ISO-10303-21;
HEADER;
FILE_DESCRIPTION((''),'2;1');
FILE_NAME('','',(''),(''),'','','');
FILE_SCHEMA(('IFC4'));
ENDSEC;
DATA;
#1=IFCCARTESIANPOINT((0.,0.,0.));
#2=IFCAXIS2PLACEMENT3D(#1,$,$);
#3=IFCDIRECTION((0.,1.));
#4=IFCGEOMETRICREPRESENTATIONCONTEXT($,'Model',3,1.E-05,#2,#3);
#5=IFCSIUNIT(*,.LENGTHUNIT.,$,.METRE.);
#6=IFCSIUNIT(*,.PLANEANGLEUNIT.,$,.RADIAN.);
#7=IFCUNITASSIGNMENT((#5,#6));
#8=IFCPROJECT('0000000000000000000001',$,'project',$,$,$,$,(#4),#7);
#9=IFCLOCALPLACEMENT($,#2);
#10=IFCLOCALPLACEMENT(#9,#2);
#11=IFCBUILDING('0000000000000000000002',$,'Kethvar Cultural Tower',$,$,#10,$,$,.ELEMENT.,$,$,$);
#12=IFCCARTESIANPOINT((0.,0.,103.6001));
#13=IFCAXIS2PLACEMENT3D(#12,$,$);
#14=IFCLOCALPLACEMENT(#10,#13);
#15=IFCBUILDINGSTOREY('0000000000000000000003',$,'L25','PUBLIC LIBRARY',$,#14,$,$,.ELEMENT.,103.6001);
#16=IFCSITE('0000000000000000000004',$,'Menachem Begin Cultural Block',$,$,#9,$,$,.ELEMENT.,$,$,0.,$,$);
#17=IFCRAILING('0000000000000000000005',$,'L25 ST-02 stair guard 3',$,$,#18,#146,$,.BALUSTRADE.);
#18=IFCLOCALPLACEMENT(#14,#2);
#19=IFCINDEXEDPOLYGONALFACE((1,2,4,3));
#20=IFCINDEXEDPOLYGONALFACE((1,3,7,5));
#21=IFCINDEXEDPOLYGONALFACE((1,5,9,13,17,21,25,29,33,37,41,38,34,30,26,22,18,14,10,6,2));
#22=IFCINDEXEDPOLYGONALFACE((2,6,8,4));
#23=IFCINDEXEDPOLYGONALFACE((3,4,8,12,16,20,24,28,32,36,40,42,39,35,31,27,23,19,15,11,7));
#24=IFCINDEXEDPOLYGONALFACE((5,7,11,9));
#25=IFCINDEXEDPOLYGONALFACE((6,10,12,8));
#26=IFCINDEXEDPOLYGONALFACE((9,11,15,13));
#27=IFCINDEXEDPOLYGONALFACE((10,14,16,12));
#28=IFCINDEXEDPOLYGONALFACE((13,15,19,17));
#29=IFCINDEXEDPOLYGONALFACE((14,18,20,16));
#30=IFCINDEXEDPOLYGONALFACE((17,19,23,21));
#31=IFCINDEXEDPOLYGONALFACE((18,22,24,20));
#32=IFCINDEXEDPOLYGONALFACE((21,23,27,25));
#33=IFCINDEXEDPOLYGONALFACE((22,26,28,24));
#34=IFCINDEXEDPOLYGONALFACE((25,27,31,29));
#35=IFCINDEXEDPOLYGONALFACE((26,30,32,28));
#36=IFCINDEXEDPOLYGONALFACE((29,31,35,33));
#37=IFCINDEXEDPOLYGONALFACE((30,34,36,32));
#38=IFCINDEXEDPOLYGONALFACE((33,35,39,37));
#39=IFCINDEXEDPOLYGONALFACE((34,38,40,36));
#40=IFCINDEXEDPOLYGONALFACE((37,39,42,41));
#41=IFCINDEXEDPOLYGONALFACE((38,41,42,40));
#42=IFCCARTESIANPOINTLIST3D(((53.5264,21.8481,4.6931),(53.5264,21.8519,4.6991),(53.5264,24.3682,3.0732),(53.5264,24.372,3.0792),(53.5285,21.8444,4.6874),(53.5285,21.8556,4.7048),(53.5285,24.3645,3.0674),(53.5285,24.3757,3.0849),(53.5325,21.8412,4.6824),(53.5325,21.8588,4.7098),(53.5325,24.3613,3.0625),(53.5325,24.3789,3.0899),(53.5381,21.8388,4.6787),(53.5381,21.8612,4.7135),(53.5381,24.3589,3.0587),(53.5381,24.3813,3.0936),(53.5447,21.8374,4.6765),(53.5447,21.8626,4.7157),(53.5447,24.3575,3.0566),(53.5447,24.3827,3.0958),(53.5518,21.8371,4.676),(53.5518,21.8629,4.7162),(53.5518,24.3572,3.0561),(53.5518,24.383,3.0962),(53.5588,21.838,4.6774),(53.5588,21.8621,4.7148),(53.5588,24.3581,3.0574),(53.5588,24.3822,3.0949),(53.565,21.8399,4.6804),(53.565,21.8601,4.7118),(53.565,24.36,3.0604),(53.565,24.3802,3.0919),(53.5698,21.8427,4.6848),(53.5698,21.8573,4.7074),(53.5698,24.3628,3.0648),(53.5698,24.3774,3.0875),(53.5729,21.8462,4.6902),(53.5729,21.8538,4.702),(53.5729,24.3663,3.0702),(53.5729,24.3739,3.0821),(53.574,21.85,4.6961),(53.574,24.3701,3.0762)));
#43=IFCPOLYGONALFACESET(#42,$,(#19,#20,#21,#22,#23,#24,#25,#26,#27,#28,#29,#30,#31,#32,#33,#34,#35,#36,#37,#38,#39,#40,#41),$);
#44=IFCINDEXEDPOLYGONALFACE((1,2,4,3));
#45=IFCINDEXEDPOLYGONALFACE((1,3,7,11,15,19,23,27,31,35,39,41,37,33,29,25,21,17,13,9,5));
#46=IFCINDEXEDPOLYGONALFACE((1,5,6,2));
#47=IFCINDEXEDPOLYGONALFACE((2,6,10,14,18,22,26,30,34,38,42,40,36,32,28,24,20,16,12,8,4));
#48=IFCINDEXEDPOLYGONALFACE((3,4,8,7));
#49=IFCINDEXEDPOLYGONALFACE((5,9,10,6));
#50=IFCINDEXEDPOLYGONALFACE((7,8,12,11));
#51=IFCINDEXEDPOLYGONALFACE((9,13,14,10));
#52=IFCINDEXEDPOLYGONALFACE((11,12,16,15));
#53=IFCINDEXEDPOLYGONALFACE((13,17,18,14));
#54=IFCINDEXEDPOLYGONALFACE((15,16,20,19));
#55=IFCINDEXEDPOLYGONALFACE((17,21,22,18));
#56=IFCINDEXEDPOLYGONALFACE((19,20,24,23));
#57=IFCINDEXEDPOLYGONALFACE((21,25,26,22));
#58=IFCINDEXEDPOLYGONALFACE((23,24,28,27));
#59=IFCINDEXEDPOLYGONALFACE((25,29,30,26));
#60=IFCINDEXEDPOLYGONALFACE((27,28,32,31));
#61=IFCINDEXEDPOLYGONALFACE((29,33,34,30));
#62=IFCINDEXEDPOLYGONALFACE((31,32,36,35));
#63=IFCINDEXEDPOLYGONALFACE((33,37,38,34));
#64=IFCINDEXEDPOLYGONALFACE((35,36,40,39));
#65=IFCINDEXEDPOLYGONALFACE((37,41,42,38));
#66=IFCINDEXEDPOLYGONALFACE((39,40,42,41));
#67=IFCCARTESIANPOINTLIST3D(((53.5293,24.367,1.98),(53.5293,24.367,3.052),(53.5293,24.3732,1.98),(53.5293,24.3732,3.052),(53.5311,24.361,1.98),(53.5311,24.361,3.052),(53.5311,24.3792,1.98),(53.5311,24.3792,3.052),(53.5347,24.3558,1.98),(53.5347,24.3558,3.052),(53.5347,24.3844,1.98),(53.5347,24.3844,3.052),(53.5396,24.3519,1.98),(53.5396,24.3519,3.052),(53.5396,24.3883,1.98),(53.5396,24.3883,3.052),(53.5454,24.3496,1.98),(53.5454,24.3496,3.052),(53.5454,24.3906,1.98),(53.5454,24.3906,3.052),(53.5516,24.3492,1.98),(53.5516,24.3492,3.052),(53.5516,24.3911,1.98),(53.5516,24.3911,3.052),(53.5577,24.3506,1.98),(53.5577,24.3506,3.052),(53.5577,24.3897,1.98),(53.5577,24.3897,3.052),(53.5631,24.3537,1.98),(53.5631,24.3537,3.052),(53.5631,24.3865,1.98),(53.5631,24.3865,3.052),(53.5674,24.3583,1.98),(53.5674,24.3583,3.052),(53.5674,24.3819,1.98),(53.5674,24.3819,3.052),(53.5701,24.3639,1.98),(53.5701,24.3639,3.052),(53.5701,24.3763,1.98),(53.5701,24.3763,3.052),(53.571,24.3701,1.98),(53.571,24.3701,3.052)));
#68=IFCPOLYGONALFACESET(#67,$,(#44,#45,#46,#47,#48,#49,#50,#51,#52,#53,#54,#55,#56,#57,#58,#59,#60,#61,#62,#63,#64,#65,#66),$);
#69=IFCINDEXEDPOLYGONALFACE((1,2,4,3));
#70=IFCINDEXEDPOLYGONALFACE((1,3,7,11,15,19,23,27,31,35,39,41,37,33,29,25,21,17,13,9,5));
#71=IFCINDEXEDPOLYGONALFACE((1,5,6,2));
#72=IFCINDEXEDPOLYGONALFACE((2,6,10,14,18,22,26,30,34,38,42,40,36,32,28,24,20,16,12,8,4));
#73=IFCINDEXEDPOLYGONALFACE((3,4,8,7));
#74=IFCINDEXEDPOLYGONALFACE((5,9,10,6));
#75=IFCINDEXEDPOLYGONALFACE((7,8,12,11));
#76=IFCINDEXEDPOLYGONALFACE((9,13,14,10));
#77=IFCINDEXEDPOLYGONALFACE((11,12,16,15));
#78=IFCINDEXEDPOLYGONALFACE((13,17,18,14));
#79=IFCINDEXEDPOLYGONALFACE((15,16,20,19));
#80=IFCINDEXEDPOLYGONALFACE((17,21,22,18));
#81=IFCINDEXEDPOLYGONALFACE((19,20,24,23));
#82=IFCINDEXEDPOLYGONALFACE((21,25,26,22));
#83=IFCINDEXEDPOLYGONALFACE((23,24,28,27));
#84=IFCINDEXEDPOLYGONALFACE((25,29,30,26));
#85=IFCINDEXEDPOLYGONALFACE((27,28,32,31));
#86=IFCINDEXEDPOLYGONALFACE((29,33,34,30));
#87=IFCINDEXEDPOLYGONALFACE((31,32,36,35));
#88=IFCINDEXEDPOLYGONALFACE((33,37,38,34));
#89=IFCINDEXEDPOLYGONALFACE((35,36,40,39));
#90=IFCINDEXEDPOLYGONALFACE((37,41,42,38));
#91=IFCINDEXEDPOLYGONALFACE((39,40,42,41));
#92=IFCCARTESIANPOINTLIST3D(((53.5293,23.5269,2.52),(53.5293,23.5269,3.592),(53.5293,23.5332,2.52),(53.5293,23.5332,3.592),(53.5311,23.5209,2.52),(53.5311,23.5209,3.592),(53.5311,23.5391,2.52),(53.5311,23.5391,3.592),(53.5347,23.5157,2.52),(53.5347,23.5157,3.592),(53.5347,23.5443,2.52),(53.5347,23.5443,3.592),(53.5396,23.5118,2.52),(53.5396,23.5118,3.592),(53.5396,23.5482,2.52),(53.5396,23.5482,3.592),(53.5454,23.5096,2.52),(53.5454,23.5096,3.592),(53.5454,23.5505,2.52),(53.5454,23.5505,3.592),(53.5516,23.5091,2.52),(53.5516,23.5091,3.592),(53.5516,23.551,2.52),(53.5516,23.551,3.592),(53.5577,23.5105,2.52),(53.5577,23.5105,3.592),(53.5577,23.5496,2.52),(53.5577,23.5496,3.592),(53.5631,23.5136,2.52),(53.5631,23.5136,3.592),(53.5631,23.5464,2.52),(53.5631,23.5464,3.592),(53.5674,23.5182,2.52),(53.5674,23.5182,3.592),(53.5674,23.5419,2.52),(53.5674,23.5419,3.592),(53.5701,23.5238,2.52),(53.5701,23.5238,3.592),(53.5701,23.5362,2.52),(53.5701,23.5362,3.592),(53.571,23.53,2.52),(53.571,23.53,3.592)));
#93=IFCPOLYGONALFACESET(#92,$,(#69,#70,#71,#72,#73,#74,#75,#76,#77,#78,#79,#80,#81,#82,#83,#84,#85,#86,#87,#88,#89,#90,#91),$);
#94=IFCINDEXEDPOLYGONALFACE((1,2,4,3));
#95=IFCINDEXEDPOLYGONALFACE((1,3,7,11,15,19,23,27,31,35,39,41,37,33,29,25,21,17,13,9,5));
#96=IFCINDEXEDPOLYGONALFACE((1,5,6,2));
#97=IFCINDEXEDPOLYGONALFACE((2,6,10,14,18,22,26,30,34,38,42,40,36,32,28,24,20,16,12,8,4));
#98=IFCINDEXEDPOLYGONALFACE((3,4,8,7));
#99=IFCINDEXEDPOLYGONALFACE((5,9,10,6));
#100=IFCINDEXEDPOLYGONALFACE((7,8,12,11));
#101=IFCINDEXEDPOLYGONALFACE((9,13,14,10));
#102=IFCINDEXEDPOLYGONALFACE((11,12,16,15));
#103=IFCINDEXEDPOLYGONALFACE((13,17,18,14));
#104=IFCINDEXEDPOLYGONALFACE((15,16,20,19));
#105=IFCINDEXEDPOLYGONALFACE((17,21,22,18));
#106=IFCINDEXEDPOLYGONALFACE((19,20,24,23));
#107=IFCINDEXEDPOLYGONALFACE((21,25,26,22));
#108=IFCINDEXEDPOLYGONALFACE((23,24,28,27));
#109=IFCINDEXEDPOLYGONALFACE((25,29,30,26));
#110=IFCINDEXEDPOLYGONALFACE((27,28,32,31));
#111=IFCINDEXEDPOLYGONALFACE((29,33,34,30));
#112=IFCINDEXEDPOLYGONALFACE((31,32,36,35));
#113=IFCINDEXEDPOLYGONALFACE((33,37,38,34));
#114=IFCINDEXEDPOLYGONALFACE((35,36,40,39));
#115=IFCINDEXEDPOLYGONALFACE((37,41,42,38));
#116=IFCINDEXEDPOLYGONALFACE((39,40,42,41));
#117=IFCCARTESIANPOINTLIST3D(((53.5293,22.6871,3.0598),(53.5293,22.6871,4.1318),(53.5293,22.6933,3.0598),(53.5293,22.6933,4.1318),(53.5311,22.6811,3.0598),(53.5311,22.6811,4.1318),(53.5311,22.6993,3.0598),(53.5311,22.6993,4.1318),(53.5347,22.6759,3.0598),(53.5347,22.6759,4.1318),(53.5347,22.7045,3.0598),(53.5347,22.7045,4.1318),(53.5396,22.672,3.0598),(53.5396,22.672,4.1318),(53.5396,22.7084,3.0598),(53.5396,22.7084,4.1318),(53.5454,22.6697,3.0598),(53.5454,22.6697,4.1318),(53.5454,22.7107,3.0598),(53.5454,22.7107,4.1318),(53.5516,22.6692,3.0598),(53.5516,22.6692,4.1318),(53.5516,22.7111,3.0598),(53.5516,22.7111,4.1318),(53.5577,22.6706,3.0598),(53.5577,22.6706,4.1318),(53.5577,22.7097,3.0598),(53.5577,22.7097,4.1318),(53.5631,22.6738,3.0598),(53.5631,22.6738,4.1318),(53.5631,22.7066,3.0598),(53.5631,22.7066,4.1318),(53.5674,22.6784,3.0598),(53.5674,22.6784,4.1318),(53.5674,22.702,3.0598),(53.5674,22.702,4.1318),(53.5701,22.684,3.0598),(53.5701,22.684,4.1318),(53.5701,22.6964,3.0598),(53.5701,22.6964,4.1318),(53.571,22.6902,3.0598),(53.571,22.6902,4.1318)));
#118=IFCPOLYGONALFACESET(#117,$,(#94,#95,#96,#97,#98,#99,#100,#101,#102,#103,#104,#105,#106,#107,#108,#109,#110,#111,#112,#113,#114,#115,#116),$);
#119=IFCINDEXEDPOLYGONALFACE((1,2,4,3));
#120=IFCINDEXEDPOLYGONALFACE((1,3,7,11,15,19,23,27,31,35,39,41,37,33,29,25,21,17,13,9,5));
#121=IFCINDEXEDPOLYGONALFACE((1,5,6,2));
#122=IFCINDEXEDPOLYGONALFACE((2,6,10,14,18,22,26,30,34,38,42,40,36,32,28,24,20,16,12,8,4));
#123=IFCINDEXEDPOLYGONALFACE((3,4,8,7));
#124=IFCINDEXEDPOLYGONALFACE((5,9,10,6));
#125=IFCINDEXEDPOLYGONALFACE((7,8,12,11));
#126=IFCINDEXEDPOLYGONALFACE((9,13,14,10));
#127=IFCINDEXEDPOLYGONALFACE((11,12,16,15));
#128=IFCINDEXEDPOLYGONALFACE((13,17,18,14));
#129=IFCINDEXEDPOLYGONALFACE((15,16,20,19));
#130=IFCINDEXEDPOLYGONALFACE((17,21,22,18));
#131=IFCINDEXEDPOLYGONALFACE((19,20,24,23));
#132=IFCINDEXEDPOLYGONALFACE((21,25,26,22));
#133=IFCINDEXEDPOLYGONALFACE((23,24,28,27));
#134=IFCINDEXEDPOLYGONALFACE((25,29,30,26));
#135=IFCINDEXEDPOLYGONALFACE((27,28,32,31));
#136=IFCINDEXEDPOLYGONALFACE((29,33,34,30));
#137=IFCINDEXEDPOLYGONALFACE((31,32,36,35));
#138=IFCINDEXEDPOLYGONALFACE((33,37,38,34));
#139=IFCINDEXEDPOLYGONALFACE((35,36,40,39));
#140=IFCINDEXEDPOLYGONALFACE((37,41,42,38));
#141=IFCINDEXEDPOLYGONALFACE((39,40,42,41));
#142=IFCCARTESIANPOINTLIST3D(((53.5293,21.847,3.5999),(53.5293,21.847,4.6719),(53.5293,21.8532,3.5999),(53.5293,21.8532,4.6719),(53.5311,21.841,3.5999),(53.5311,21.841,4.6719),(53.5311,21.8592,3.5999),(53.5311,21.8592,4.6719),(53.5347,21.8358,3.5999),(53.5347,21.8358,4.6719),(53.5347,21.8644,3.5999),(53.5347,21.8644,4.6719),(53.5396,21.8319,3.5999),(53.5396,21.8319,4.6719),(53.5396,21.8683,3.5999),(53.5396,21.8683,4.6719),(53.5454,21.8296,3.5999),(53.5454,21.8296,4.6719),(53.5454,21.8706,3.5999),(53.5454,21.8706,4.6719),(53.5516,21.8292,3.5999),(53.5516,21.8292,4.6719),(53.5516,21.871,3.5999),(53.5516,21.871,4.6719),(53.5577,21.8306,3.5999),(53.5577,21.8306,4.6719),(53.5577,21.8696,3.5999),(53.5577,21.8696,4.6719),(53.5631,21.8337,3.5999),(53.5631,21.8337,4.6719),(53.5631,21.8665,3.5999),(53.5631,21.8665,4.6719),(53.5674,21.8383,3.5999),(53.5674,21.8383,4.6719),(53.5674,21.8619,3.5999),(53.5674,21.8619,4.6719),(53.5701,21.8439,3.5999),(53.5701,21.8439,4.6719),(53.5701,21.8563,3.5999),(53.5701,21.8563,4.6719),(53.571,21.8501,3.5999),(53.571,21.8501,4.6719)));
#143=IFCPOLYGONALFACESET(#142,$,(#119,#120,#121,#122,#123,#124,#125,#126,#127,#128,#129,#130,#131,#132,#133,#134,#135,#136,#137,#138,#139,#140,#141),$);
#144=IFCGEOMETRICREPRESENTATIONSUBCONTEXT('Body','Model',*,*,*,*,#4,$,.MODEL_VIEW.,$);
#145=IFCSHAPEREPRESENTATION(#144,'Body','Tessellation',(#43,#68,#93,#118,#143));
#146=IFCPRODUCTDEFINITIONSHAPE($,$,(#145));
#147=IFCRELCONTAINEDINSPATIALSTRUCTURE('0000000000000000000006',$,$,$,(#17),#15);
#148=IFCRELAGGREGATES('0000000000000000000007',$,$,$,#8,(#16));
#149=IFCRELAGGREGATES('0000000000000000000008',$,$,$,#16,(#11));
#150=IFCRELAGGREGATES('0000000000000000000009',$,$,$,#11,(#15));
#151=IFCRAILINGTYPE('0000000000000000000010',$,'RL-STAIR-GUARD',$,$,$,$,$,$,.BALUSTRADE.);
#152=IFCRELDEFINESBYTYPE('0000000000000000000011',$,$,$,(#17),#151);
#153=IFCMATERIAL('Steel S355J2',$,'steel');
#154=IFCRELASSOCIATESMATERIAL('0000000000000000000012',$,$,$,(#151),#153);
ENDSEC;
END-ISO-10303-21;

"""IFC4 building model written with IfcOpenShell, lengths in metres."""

from ifc_helpers import new_model, si_unit, direction, frame, origin, origin_2d, place, context, subcontext, project, spatial, circle, extrude, material, type_object, element, save


model = new_model("IFC4")

# Units and contexts
model_context = context("Model", 3, precision=1e-05, world=origin(), true_north=direction((0.0, 1.0)))
body_context = subcontext(model_context, "Body", "Model", "MODEL_VIEW")
ifc_project = project(units=[si_unit("LENGTHUNIT", "METRE"), si_unit("PLANEANGLEUNIT", "RADIAN")], contexts=[model_context])

# Site, building, storey
site_placement = place(None, origin())
site = spatial("IfcSite", under=ifc_project, at=site_placement, Name="Menachem Begin Cultural Block", CompositionType="ELEMENT", RefElevation=0.0)
building_placement = place(site_placement, origin())
building = spatial("IfcBuilding", under=site, at=building_placement, Name="Kethvar Cultural Tower", CompositionType="ELEMENT")
storey_placement = place(building_placement, frame((0.0, 0.0, 103.6001)))
storey = spatial("IfcBuildingStorey", under=building, at=storey_placement, Name="L25", Description="PUBLIC LIBRARY", CompositionType="ELEMENT", Elevation=103.6001)

# Shared definitions
ifc_material_1 = material(Name="Steel S355J2", Category="steel")

# Railing
railing_type_1 = type_object("IfcRailingType", Name="RL-STAIR-GUARD", PredefinedType="BALUSTRADE", material=ifc_material_1)
railing_1_placement = place(storey_placement, frame((53.55, 24.3701, 1.98)))
element("IfcRailing", 1, at=railing_1_placement, inside=storey, type_object=railing_type_1, Name="L25 ST-02 stair guard 3", PredefinedType="BALUSTRADE", context=body_context, shape_type="SweptSolid", body=[
    extrude(circle(Radius=0.0239, at=origin_2d()), frame((0.0, 0.0, 1.0962), z_axis=(0.0, -0.8412, 0.540725), x_axis=(1.0, 0.0, 0.0)), (0.0, 0.0, 1.0), 2.9958),
    extrude(circle(Radius=0.021, at=origin_2d()), origin(), (0.0, 0.0, 1.0), 1.072),
    extrude(circle(Radius=0.021, at=origin_2d()), frame((0.0, -0.8401, 0.54)), (0.0, 0.0, 1.0), 1.072),
    extrude(circle(Radius=0.021, at=origin_2d()), frame((0.0, -1.6799, 1.0798)), (0.0, 0.0, 1.0), 1.072),
    extrude(circle(Radius=0.021, at=origin_2d()), frame((0.0, -2.52, 1.6199)), (0.0, 0.0, 1.0), 1.072),
])

save(model, "model.ifc")
